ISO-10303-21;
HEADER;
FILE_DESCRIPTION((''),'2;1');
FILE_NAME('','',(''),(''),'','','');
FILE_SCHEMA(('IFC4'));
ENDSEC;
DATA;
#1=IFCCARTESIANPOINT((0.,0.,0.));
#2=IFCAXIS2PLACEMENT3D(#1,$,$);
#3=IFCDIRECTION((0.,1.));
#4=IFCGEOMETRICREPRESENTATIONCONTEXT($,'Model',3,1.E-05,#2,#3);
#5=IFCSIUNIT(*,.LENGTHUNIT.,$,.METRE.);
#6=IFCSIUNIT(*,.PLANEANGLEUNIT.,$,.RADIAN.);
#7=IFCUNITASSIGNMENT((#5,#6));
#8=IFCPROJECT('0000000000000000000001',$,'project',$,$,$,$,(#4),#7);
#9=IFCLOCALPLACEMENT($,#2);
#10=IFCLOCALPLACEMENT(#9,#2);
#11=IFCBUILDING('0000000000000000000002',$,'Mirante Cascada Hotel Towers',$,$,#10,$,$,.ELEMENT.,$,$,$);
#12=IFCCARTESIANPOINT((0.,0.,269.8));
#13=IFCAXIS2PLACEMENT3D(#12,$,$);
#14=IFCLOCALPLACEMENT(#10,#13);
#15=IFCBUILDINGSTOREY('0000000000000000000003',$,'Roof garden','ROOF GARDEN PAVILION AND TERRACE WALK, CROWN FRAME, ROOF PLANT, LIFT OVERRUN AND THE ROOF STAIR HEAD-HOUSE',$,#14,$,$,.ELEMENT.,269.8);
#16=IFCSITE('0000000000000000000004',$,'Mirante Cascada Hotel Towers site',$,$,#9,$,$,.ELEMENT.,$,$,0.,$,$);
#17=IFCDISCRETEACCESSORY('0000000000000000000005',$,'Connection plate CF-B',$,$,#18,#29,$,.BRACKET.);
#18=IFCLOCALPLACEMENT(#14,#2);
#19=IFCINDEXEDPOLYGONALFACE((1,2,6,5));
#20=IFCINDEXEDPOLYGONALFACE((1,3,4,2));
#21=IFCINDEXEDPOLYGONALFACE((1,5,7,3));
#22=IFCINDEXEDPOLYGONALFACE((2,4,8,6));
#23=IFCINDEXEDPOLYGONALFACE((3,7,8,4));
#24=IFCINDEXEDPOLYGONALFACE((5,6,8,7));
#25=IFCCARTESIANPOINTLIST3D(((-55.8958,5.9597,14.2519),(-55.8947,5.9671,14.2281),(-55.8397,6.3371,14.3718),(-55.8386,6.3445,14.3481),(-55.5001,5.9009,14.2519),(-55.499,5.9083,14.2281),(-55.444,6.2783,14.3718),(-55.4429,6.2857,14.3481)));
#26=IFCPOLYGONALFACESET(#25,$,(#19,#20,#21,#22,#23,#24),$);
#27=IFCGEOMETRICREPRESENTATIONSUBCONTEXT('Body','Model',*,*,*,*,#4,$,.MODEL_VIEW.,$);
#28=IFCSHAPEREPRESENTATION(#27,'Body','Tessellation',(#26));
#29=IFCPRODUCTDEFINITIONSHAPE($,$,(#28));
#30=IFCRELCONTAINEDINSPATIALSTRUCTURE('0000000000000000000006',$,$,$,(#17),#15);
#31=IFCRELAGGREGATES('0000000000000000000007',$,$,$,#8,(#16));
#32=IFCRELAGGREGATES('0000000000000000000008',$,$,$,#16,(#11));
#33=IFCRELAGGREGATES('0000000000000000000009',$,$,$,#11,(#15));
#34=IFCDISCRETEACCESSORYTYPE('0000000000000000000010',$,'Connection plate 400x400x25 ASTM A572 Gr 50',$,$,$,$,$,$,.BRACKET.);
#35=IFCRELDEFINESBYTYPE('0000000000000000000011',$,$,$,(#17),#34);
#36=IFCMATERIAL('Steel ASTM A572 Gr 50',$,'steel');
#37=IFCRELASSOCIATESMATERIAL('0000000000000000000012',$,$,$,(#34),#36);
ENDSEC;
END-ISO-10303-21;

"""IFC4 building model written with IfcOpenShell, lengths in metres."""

from ifc_helpers import new_model, si_unit, direction, frame, origin, origin_2d, place, context, subcontext, project, spatial, rectangle, extrude, material, material_profile, profile_set, type_object, element, save


model = new_model("IFC4")

# Units and contexts
model_context = context("Model", 3, precision=1e-05, world=origin(), true_north=direction((0.0, 1.0)))
body_context = subcontext(model_context, "Body", "Model", "MODEL_VIEW")
ifc_project = project(units=[si_unit("LENGTHUNIT", "METRE"), si_unit("PLANEANGLEUNIT", "RADIAN")], contexts=[model_context])

# Site, building, storey
site_placement = place(None, origin())
site = spatial("IfcSite", under=ifc_project, at=site_placement, Name="Mirante Cascada Hotel Towers site", CompositionType="ELEMENT", RefElevation=0.0)
building_placement = place(site_placement, origin())
building = spatial("IfcBuilding", under=site, at=building_placement, Name="Mirante Cascada Hotel Towers", CompositionType="ELEMENT")
storey_placement = place(building_placement, frame((0.0, 0.0, 269.8)))
storey = spatial("IfcBuildingStorey", under=building, at=storey_placement, Name="Roof garden", Description="ROOF GARDEN PAVILION AND TERRACE WALK, CROWN FRAME, ROOF PLANT, LIFT OVERRUN AND THE ROOF STAIR HEAD-HOUSE", CompositionType="ELEMENT", Elevation=269.8)

# Discrete accessory
ifc_material_1 = material(Name="Steel ASTM A572 Gr 50", Category="steel")
ifc_material_profile_1 = material_profile(ifc_material_1, rectangle(XDim=0.4, YDim=0.4, at=origin_2d()), Name="Connection plate 400x400x25 ASTM A572 Gr 50")
ifc_profile_set_1 = profile_set([ifc_material_profile_1], Name="Steel ASTM A572 Gr 50")
discrete_accessory_type = type_object("IfcDiscreteAccessoryType", Name="Connection plate 400x400x25 ASTM A572 Gr 50", PredefinedType="BRACKET", material=ifc_profile_set_1)
for number, where, z_axis, x_axis, name in (
    (1, (-55.6688, 6.1264, 14.2881), (-0.044091, -0.296615, 0.953979), (0.989132, -0.147033, 0.0), "Connection plate CF-B"),
):
    element("IfcDiscreteAccessory", number, at=place(storey_placement, frame(where, z_axis=z_axis, x_axis=x_axis)), inside=storey, type_object=discrete_accessory_type, Name=name, PredefinedType="BRACKET", context=body_context, shape_type="SweptSolid", body=[
        extrude(rectangle(XDim=0.4, YDim=0.4, at=origin_2d()), origin(), (0.0, 0.0, 1.0), 0.0249),
    ])

save(model, "model.ifc")
